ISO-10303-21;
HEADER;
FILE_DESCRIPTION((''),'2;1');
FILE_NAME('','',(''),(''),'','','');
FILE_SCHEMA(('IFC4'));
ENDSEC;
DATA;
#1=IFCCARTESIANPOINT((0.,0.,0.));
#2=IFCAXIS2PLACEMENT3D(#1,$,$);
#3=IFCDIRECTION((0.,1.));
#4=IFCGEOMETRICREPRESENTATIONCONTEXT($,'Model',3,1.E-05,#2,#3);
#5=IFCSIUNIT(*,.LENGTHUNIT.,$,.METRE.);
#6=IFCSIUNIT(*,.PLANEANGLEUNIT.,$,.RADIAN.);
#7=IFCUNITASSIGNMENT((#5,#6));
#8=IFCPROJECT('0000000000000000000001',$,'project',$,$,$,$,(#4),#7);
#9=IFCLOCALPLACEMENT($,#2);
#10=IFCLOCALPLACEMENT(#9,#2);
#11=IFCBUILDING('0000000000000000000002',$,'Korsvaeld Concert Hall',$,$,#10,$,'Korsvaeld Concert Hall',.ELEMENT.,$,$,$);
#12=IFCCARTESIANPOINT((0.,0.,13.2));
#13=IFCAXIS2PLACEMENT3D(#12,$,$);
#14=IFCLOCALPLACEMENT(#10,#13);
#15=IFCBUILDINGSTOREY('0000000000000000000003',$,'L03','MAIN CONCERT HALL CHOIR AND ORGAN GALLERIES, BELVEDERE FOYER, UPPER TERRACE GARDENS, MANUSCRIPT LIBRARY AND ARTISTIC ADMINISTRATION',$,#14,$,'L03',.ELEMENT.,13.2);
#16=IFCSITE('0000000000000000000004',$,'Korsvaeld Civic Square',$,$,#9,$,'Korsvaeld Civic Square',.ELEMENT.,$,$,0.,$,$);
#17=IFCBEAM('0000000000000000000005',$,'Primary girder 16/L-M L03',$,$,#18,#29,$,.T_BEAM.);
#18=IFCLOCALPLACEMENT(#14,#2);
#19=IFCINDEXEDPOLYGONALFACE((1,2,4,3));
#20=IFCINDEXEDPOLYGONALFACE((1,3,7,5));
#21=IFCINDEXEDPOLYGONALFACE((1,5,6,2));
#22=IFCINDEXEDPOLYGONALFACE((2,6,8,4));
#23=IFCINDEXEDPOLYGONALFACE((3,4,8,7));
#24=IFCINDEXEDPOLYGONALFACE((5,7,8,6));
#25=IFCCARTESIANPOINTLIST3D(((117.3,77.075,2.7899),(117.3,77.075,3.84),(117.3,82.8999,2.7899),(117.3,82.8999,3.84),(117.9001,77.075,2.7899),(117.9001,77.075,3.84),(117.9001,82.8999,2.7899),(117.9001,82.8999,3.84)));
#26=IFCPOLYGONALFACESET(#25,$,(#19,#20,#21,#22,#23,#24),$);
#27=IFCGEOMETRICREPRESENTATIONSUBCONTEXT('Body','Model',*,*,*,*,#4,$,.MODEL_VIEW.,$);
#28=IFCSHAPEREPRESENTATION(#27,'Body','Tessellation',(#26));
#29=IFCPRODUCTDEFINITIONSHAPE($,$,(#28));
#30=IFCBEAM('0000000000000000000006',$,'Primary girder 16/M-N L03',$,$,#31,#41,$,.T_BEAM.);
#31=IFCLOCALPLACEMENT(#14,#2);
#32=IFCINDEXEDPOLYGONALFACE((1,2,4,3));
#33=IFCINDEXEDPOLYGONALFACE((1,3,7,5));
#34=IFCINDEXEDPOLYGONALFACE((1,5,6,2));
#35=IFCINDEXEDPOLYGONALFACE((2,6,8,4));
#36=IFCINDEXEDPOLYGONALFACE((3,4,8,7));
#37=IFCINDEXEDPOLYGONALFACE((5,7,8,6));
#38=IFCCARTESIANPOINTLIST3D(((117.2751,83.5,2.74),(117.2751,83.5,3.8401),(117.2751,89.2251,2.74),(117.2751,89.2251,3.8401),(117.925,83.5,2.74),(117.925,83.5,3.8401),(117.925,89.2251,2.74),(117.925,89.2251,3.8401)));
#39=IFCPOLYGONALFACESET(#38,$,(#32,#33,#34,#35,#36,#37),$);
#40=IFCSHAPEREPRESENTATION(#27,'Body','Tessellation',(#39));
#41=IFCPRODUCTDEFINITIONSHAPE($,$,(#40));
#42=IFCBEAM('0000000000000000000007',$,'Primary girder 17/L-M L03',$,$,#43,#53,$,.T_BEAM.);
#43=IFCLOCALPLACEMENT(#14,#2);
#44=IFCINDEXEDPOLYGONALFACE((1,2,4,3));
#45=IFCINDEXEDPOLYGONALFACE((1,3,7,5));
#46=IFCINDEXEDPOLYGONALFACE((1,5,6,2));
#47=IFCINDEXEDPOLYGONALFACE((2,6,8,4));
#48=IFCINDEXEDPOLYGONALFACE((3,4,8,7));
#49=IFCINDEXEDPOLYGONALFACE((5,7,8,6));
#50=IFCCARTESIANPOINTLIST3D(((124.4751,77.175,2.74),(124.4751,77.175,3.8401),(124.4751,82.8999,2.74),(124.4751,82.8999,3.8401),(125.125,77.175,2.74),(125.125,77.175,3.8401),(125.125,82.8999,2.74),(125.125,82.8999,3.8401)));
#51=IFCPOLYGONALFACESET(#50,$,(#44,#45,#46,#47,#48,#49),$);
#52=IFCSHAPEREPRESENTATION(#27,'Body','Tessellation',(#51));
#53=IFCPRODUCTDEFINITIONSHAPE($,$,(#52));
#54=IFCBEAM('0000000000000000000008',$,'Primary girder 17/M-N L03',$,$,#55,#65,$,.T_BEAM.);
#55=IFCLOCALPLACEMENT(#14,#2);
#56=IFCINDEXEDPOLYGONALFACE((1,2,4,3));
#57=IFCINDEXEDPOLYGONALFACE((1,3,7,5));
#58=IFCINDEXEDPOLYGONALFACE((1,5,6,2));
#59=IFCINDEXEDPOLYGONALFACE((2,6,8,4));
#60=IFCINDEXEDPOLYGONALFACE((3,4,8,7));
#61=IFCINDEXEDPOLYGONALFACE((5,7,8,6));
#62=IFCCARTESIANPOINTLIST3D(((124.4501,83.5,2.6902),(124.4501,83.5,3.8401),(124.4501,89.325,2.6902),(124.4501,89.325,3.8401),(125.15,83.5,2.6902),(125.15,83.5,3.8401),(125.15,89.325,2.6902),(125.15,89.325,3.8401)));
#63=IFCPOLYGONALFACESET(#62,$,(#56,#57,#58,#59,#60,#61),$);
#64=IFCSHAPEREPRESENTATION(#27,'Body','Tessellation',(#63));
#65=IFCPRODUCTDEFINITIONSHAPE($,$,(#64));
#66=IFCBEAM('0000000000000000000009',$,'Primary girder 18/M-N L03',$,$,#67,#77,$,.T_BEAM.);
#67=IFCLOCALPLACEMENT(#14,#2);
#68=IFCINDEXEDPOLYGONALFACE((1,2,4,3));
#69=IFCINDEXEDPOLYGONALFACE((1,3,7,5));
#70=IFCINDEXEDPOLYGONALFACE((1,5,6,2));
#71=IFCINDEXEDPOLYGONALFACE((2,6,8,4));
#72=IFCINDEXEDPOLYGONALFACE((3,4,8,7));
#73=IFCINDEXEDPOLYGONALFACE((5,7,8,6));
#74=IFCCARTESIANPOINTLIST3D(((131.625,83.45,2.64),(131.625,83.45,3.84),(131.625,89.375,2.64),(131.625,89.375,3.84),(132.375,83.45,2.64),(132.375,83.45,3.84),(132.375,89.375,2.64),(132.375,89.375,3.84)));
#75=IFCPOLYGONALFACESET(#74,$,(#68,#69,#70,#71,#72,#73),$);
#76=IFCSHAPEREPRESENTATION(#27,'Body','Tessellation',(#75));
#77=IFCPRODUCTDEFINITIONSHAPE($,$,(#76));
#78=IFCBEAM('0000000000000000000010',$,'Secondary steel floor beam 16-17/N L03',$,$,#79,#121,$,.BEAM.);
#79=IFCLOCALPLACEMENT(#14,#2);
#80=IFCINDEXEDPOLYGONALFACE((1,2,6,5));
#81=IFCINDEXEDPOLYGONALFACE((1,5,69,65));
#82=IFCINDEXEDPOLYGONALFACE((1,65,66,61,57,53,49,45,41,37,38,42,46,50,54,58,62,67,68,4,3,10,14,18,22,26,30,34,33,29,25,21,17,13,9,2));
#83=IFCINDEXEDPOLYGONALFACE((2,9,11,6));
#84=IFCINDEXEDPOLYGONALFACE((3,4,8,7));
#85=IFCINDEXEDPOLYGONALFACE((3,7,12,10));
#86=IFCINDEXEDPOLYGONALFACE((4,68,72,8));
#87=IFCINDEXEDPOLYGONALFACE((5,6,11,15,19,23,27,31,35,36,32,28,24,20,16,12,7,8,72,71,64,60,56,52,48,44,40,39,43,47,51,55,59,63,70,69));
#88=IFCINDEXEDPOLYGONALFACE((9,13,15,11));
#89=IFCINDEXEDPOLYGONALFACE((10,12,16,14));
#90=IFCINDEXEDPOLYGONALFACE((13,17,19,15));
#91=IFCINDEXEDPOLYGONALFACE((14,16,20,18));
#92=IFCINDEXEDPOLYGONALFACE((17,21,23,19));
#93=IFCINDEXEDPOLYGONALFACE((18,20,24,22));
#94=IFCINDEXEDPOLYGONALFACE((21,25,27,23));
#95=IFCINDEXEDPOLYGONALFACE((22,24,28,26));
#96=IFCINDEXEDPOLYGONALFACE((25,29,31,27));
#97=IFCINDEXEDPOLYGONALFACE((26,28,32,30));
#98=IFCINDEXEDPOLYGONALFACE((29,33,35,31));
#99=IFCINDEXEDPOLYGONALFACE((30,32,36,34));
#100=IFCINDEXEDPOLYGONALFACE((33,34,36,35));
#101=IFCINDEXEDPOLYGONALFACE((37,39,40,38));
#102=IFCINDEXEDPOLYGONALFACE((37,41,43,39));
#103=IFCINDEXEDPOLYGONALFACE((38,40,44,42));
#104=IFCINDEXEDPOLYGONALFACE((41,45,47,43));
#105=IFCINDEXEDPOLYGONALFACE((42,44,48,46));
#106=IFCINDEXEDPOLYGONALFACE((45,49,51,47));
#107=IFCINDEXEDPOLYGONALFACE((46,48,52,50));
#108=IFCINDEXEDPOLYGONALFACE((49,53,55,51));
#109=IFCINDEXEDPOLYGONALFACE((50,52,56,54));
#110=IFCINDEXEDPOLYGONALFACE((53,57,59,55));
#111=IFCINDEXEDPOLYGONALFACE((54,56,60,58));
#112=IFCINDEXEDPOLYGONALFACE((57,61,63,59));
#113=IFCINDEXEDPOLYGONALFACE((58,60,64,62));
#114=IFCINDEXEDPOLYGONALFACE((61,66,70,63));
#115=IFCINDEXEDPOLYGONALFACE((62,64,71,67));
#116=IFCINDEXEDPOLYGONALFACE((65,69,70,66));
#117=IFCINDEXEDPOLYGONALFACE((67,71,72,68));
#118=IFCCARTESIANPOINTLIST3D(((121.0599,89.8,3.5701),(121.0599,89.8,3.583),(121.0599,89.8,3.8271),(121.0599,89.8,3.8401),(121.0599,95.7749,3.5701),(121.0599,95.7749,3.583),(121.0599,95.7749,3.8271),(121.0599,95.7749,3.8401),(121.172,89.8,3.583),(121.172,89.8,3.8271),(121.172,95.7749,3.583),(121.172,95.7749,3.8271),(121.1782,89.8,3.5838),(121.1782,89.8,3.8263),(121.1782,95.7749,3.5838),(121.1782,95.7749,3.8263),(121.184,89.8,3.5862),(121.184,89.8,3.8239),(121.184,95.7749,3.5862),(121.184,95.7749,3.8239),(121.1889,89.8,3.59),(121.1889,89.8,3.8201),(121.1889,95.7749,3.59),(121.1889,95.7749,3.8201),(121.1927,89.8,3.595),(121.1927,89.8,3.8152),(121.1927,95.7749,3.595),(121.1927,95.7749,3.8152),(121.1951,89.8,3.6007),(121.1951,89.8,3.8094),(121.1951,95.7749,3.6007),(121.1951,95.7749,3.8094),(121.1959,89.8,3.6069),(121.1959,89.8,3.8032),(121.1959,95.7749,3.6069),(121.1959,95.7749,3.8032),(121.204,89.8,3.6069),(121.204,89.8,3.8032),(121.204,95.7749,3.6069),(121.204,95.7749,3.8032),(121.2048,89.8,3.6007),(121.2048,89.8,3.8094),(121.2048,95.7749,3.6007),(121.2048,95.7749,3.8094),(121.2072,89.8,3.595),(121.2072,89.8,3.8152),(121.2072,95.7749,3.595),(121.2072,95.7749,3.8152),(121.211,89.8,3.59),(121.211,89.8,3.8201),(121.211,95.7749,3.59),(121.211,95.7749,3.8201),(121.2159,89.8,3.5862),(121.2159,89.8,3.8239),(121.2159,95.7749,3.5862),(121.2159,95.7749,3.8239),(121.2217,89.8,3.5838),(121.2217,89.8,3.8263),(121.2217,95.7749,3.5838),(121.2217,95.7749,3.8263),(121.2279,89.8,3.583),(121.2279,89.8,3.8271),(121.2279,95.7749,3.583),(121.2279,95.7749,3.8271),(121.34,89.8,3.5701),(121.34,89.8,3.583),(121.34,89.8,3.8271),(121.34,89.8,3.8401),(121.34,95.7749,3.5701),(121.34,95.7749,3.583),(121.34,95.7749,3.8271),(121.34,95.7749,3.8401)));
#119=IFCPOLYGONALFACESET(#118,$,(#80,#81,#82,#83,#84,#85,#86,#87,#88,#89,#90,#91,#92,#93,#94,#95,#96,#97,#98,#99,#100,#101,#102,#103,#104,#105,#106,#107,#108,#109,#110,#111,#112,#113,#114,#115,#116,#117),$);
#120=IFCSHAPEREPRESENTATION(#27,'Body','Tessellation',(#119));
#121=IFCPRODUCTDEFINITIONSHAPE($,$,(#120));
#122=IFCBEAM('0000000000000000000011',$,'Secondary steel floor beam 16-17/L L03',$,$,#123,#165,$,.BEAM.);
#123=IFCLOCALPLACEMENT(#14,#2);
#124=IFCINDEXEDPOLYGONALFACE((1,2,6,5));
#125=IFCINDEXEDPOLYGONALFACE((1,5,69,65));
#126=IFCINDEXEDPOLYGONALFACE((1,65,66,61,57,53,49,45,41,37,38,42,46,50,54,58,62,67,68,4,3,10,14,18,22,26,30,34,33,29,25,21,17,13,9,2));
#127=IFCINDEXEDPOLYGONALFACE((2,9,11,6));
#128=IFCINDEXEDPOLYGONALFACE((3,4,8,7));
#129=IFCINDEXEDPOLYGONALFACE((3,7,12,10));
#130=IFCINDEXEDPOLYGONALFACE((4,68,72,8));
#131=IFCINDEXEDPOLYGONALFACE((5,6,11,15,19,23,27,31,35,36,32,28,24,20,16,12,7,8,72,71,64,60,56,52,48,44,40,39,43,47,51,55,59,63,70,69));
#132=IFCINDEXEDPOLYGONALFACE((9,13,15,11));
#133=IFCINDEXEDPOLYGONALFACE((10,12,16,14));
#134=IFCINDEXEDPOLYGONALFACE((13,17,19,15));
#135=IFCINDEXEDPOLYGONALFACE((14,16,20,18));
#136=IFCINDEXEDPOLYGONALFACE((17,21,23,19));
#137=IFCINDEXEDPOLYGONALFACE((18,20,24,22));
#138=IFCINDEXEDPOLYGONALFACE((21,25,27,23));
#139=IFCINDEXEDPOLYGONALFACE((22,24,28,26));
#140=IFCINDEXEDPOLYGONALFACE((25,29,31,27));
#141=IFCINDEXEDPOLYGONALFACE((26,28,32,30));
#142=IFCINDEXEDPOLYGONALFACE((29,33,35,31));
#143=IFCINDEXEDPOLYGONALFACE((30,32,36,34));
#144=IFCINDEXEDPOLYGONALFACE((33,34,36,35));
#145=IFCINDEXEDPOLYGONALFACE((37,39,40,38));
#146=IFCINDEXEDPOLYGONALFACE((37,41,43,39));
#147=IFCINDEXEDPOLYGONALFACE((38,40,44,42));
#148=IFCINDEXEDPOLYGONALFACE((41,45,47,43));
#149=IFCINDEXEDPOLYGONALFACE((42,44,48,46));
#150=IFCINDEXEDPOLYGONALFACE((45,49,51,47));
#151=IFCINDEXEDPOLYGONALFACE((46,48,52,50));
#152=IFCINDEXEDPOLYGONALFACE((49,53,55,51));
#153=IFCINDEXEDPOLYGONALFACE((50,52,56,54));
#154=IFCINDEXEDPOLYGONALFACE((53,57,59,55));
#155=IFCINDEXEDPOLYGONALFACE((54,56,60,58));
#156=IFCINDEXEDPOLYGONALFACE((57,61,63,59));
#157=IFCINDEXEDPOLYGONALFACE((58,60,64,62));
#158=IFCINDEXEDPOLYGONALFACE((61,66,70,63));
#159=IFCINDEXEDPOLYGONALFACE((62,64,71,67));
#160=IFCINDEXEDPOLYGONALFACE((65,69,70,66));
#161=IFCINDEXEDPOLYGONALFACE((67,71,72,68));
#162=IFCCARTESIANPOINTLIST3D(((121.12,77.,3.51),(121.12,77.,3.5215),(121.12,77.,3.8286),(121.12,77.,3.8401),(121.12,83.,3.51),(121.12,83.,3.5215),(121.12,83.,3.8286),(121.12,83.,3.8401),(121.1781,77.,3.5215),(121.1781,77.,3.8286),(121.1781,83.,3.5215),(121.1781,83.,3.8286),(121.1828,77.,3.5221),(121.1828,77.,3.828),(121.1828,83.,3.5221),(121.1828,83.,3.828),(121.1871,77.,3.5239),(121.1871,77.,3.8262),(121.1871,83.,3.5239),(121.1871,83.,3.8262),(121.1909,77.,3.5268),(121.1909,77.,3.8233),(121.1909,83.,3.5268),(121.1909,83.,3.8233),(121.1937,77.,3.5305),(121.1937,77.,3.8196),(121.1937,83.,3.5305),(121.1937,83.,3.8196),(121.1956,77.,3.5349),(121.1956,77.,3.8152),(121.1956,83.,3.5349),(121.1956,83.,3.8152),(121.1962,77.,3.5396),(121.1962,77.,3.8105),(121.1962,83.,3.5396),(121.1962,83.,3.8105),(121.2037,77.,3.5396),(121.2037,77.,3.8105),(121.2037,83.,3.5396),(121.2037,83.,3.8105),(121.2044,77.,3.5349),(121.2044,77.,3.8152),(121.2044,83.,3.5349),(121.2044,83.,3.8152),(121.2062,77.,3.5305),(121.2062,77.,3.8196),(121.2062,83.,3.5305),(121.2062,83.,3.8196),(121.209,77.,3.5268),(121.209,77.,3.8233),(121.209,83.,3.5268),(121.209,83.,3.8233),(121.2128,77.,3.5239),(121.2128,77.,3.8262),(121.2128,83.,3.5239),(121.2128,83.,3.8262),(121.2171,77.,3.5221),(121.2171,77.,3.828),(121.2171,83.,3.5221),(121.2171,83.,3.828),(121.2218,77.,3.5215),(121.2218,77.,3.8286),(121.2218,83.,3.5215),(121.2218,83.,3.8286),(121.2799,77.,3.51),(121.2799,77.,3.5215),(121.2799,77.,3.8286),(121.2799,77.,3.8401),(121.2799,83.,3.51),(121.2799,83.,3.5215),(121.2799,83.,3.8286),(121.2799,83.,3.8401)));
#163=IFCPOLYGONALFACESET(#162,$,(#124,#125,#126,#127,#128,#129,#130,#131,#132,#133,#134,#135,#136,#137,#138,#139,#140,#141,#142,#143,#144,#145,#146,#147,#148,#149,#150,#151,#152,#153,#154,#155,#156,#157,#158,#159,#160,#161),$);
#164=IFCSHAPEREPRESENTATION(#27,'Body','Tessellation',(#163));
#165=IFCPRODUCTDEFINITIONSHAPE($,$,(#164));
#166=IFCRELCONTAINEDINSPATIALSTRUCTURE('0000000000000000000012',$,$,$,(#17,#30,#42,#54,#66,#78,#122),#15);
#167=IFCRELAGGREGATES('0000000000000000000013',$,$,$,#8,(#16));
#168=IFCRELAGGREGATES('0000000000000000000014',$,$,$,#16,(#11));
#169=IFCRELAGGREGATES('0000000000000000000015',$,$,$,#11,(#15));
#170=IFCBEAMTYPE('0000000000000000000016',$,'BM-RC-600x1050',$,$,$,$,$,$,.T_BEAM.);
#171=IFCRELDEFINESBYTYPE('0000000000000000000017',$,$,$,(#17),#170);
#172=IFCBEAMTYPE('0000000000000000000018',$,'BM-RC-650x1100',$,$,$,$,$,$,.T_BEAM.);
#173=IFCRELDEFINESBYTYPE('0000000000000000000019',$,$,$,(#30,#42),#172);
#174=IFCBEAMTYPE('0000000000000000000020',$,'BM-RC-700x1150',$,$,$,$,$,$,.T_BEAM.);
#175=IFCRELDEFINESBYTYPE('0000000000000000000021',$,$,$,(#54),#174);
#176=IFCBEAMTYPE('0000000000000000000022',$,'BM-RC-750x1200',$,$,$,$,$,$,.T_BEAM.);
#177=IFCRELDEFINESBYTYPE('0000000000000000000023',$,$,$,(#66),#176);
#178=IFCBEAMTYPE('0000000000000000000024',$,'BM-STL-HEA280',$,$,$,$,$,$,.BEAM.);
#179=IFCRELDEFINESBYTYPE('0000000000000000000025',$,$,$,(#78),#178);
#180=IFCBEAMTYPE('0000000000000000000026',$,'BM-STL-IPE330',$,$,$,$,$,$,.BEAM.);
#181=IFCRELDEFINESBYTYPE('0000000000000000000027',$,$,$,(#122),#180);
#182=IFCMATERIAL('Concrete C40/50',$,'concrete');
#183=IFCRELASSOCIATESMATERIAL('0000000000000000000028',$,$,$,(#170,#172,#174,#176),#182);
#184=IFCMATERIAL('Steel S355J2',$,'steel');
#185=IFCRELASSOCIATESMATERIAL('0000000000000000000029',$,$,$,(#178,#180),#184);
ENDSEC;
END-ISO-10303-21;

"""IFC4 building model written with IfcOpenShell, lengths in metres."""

from ifc_helpers import new_model, si_unit, direction, frame, origin, origin_2d, place, context, subcontext, project, spatial, rectangle, i_section, extrude, material, material_profile, profile_set, type_object, element, save


model = new_model("IFC4")

# Units and contexts
model_context = context("Model", 3, precision=1e-05, world=origin(), true_north=direction((0.0, 1.0)))
body_context = subcontext(model_context, "Body", "Model", "MODEL_VIEW")
ifc_project = project(units=[si_unit("LENGTHUNIT", "METRE"), si_unit("PLANEANGLEUNIT", "RADIAN")], contexts=[model_context])

# Site, building, storey
site_placement = place(None, origin())
site = spatial("IfcSite", under=ifc_project, at=site_placement, Name="Korsvaeld Civic Square", LongName="Korsvaeld Civic Square", CompositionType="ELEMENT", RefElevation=0.0)
building_placement = place(site_placement, origin())
building = spatial("IfcBuilding", under=site, at=building_placement, Name="Korsvaeld Concert Hall", LongName="Korsvaeld Concert Hall", CompositionType="ELEMENT")
storey_placement = place(building_placement, frame((0.0, 0.0, 13.2)))
storey = spatial("IfcBuildingStorey", under=building, at=storey_placement, Name="L03", Description="MAIN CONCERT HALL CHOIR AND ORGAN GALLERIES, BELVEDERE FOYER, UPPER TERRACE GARDENS, MANUSCRIPT LIBRARY AND ARTISTIC ADMINISTRATION", LongName="L03", CompositionType="ELEMENT", Elevation=13.2)

# Shared definitions
ifc_material_1 = material(Name="Concrete C40/50", Category="concrete")

# Beams
ifc_material_profile_1 = material_profile(ifc_material_1, rectangle(XDim=0.6001, YDim=1.05, at=origin_2d()), Name="RC 600x1050")
ifc_profile_set_1 = profile_set([ifc_material_profile_1], Name="Concrete C40/50")
beam_type_1 = type_object("IfcBeamType", Name="BM-RC-600x1050", PredefinedType="T_BEAM", material=ifc_profile_set_1)
beam_1_placement = place(storey_placement, frame((117.6001, 77.075, 3.3149), z_axis=(0.0, 1.0, 0.0), x_axis=(-1.0, 0.0, 0.0)))
element("IfcBeam", 1, at=beam_1_placement, inside=storey, type_object=beam_type_1, Name="Primary girder 16/L-M L03", PredefinedType="T_BEAM", context=body_context, shape_type="SweptSolid", body=[
    extrude(rectangle(XDim=0.6001, YDim=1.05, at=origin_2d()), origin(), (0.0, 0.0, 1.0), 5.825),
])
ifc_material_profile_2 = material_profile(ifc_material_1, rectangle(XDim=0.6499, YDim=1.1001, at=origin_2d()), Name="RC 650x1100")
ifc_profile_set_2 = profile_set([ifc_material_profile_2], Name="Concrete C40/50")
beam_type_2 = type_object("IfcBeamType", Name="BM-RC-650x1100", PredefinedType="T_BEAM", material=ifc_profile_set_2)
beam_2_placement = place(storey_placement, frame((117.6001, 83.5, 3.29), z_axis=(0.0, 1.0, 0.0), x_axis=(-1.0, 0.0, 0.0)))
element("IfcBeam", 2, at=beam_2_placement, inside=storey, type_object=beam_type_2, Name="Primary girder 16/M-N L03", PredefinedType="T_BEAM", context=body_context, shape_type="SweptSolid", body=[
    extrude(rectangle(XDim=0.6499, YDim=1.1001, at=origin_2d()), origin(), (0.0, 0.0, 1.0), 5.7251),
])
beam_3_placement = place(storey_placement, frame((124.8, 77.175, 3.29), z_axis=(0.0, 1.0, 0.0), x_axis=(-1.0, 0.0, 0.0)))
element("IfcBeam", 3, at=beam_3_placement, inside=storey, type_object=beam_type_2, Name="Primary girder 17/L-M L03", PredefinedType="T_BEAM", context=body_context, shape_type="SweptSolid", body=[
    extrude(rectangle(XDim=0.6499, YDim=1.1001, at=origin_2d()), origin(), (0.0, 0.0, 1.0), 5.7249),
])
ifc_material_profile_3 = material_profile(ifc_material_1, rectangle(XDim=0.7, YDim=1.1499, at=origin_2d()), Name="RC 700x1150")
ifc_profile_set_3 = profile_set([ifc_material_profile_3], Name="Concrete C40/50")
beam_type_3 = type_object("IfcBeamType", Name="BM-RC-700x1150", PredefinedType="T_BEAM", material=ifc_profile_set_3)
beam_4_placement = place(storey_placement, frame((124.8, 83.5, 3.2651), z_axis=(0.0, 1.0, 0.0), x_axis=(-1.0, 0.0, 0.0)))
element("IfcBeam", 4, at=beam_4_placement, inside=storey, type_object=beam_type_3, Name="Primary girder 17/M-N L03", PredefinedType="T_BEAM", context=body_context, shape_type="SweptSolid", body=[
    extrude(rectangle(XDim=0.7, YDim=1.1499, at=origin_2d()), origin(), (0.0, 0.0, 1.0), 5.825),
])
ifc_material_profile_4 = material_profile(ifc_material_1, rectangle(XDim=0.75, YDim=1.2, at=origin_2d()), Name="RC 750x1200")
ifc_profile_set_4 = profile_set([ifc_material_profile_4], Name="Concrete C40/50")
beam_type_4 = type_object("IfcBeamType", Name="BM-RC-750x1200", PredefinedType="T_BEAM", material=ifc_profile_set_4)
beam_5_placement = place(storey_placement, frame((132.0, 83.45, 3.24), z_axis=(0.0, 1.0, 0.0), x_axis=(-1.0, 0.0, 0.0)))
element("IfcBeam", 5, at=beam_5_placement, inside=storey, type_object=beam_type_4, Name="Primary girder 18/M-N L03", PredefinedType="T_BEAM", context=body_context, shape_type="SweptSolid", body=[
    extrude(rectangle(XDim=0.75, YDim=1.2, at=origin_2d()), origin(), (0.0, 0.0, 1.0), 5.925),
])
ifc_material_2 = material(Name="Steel S355J2", Category="steel")
ifc_material_profile_5 = material_profile(ifc_material_2, i_section(OverallWidth=0.28, OverallDepth=0.27, WebThickness=0.0081, FlangeThickness=0.0129, FilletRadius=0.0239, at=origin_2d()), Name="HEA 280")
ifc_profile_set_5 = profile_set([ifc_material_profile_5], Name="Steel S355J2")
beam_type_5 = type_object("IfcBeamType", Name="BM-STL-HEA280", PredefinedType="BEAM", material=ifc_profile_set_5)
beam_6_placement = place(storey_placement, frame((121.2, 89.8, 3.7051), z_axis=(0.0, 1.0, 0.0), x_axis=(-1.0, 0.0, 0.0)))
element("IfcBeam", 6, at=beam_6_placement, inside=storey, type_object=beam_type_5, Name="Secondary steel floor beam 16-17/N L03", PredefinedType="BEAM", context=body_context, shape_type="SweptSolid", body=[
    extrude(i_section(OverallWidth=0.28, OverallDepth=0.27, WebThickness=0.0081, FlangeThickness=0.0129, FilletRadius=0.0239, at=origin_2d()), origin(), (0.0, 0.0, 1.0), 5.9749),
])
ifc_material_profile_6 = material_profile(ifc_material_2, i_section(OverallWidth=0.1599, OverallDepth=0.3301, WebThickness=0.0076, FlangeThickness=0.0115, FilletRadius=0.0181, at=origin_2d()), Name="IPE 330")
ifc_profile_set_6 = profile_set([ifc_material_profile_6], Name="Steel S355J2")
beam_type_6 = type_object("IfcBeamType", Name="BM-STL-IPE330", PredefinedType="BEAM", material=ifc_profile_set_6)
beam_7_placement = place(storey_placement, frame((121.2, 77.0, 3.675), z_axis=(0.0, 1.0, 0.0), x_axis=(-1.0, 0.0, 0.0)))
element("IfcBeam", 7, at=beam_7_placement, inside=storey, type_object=beam_type_6, Name="Secondary steel floor beam 16-17/L L03", PredefinedType="BEAM", context=body_context, shape_type="SweptSolid", body=[
    extrude(i_section(OverallWidth=0.1599, OverallDepth=0.3301, WebThickness=0.0076, FlangeThickness=0.0115, FilletRadius=0.0181, at=origin_2d()), origin(), (0.0, 0.0, 1.0), 6.0),
])

save(model, "model.ifc")
